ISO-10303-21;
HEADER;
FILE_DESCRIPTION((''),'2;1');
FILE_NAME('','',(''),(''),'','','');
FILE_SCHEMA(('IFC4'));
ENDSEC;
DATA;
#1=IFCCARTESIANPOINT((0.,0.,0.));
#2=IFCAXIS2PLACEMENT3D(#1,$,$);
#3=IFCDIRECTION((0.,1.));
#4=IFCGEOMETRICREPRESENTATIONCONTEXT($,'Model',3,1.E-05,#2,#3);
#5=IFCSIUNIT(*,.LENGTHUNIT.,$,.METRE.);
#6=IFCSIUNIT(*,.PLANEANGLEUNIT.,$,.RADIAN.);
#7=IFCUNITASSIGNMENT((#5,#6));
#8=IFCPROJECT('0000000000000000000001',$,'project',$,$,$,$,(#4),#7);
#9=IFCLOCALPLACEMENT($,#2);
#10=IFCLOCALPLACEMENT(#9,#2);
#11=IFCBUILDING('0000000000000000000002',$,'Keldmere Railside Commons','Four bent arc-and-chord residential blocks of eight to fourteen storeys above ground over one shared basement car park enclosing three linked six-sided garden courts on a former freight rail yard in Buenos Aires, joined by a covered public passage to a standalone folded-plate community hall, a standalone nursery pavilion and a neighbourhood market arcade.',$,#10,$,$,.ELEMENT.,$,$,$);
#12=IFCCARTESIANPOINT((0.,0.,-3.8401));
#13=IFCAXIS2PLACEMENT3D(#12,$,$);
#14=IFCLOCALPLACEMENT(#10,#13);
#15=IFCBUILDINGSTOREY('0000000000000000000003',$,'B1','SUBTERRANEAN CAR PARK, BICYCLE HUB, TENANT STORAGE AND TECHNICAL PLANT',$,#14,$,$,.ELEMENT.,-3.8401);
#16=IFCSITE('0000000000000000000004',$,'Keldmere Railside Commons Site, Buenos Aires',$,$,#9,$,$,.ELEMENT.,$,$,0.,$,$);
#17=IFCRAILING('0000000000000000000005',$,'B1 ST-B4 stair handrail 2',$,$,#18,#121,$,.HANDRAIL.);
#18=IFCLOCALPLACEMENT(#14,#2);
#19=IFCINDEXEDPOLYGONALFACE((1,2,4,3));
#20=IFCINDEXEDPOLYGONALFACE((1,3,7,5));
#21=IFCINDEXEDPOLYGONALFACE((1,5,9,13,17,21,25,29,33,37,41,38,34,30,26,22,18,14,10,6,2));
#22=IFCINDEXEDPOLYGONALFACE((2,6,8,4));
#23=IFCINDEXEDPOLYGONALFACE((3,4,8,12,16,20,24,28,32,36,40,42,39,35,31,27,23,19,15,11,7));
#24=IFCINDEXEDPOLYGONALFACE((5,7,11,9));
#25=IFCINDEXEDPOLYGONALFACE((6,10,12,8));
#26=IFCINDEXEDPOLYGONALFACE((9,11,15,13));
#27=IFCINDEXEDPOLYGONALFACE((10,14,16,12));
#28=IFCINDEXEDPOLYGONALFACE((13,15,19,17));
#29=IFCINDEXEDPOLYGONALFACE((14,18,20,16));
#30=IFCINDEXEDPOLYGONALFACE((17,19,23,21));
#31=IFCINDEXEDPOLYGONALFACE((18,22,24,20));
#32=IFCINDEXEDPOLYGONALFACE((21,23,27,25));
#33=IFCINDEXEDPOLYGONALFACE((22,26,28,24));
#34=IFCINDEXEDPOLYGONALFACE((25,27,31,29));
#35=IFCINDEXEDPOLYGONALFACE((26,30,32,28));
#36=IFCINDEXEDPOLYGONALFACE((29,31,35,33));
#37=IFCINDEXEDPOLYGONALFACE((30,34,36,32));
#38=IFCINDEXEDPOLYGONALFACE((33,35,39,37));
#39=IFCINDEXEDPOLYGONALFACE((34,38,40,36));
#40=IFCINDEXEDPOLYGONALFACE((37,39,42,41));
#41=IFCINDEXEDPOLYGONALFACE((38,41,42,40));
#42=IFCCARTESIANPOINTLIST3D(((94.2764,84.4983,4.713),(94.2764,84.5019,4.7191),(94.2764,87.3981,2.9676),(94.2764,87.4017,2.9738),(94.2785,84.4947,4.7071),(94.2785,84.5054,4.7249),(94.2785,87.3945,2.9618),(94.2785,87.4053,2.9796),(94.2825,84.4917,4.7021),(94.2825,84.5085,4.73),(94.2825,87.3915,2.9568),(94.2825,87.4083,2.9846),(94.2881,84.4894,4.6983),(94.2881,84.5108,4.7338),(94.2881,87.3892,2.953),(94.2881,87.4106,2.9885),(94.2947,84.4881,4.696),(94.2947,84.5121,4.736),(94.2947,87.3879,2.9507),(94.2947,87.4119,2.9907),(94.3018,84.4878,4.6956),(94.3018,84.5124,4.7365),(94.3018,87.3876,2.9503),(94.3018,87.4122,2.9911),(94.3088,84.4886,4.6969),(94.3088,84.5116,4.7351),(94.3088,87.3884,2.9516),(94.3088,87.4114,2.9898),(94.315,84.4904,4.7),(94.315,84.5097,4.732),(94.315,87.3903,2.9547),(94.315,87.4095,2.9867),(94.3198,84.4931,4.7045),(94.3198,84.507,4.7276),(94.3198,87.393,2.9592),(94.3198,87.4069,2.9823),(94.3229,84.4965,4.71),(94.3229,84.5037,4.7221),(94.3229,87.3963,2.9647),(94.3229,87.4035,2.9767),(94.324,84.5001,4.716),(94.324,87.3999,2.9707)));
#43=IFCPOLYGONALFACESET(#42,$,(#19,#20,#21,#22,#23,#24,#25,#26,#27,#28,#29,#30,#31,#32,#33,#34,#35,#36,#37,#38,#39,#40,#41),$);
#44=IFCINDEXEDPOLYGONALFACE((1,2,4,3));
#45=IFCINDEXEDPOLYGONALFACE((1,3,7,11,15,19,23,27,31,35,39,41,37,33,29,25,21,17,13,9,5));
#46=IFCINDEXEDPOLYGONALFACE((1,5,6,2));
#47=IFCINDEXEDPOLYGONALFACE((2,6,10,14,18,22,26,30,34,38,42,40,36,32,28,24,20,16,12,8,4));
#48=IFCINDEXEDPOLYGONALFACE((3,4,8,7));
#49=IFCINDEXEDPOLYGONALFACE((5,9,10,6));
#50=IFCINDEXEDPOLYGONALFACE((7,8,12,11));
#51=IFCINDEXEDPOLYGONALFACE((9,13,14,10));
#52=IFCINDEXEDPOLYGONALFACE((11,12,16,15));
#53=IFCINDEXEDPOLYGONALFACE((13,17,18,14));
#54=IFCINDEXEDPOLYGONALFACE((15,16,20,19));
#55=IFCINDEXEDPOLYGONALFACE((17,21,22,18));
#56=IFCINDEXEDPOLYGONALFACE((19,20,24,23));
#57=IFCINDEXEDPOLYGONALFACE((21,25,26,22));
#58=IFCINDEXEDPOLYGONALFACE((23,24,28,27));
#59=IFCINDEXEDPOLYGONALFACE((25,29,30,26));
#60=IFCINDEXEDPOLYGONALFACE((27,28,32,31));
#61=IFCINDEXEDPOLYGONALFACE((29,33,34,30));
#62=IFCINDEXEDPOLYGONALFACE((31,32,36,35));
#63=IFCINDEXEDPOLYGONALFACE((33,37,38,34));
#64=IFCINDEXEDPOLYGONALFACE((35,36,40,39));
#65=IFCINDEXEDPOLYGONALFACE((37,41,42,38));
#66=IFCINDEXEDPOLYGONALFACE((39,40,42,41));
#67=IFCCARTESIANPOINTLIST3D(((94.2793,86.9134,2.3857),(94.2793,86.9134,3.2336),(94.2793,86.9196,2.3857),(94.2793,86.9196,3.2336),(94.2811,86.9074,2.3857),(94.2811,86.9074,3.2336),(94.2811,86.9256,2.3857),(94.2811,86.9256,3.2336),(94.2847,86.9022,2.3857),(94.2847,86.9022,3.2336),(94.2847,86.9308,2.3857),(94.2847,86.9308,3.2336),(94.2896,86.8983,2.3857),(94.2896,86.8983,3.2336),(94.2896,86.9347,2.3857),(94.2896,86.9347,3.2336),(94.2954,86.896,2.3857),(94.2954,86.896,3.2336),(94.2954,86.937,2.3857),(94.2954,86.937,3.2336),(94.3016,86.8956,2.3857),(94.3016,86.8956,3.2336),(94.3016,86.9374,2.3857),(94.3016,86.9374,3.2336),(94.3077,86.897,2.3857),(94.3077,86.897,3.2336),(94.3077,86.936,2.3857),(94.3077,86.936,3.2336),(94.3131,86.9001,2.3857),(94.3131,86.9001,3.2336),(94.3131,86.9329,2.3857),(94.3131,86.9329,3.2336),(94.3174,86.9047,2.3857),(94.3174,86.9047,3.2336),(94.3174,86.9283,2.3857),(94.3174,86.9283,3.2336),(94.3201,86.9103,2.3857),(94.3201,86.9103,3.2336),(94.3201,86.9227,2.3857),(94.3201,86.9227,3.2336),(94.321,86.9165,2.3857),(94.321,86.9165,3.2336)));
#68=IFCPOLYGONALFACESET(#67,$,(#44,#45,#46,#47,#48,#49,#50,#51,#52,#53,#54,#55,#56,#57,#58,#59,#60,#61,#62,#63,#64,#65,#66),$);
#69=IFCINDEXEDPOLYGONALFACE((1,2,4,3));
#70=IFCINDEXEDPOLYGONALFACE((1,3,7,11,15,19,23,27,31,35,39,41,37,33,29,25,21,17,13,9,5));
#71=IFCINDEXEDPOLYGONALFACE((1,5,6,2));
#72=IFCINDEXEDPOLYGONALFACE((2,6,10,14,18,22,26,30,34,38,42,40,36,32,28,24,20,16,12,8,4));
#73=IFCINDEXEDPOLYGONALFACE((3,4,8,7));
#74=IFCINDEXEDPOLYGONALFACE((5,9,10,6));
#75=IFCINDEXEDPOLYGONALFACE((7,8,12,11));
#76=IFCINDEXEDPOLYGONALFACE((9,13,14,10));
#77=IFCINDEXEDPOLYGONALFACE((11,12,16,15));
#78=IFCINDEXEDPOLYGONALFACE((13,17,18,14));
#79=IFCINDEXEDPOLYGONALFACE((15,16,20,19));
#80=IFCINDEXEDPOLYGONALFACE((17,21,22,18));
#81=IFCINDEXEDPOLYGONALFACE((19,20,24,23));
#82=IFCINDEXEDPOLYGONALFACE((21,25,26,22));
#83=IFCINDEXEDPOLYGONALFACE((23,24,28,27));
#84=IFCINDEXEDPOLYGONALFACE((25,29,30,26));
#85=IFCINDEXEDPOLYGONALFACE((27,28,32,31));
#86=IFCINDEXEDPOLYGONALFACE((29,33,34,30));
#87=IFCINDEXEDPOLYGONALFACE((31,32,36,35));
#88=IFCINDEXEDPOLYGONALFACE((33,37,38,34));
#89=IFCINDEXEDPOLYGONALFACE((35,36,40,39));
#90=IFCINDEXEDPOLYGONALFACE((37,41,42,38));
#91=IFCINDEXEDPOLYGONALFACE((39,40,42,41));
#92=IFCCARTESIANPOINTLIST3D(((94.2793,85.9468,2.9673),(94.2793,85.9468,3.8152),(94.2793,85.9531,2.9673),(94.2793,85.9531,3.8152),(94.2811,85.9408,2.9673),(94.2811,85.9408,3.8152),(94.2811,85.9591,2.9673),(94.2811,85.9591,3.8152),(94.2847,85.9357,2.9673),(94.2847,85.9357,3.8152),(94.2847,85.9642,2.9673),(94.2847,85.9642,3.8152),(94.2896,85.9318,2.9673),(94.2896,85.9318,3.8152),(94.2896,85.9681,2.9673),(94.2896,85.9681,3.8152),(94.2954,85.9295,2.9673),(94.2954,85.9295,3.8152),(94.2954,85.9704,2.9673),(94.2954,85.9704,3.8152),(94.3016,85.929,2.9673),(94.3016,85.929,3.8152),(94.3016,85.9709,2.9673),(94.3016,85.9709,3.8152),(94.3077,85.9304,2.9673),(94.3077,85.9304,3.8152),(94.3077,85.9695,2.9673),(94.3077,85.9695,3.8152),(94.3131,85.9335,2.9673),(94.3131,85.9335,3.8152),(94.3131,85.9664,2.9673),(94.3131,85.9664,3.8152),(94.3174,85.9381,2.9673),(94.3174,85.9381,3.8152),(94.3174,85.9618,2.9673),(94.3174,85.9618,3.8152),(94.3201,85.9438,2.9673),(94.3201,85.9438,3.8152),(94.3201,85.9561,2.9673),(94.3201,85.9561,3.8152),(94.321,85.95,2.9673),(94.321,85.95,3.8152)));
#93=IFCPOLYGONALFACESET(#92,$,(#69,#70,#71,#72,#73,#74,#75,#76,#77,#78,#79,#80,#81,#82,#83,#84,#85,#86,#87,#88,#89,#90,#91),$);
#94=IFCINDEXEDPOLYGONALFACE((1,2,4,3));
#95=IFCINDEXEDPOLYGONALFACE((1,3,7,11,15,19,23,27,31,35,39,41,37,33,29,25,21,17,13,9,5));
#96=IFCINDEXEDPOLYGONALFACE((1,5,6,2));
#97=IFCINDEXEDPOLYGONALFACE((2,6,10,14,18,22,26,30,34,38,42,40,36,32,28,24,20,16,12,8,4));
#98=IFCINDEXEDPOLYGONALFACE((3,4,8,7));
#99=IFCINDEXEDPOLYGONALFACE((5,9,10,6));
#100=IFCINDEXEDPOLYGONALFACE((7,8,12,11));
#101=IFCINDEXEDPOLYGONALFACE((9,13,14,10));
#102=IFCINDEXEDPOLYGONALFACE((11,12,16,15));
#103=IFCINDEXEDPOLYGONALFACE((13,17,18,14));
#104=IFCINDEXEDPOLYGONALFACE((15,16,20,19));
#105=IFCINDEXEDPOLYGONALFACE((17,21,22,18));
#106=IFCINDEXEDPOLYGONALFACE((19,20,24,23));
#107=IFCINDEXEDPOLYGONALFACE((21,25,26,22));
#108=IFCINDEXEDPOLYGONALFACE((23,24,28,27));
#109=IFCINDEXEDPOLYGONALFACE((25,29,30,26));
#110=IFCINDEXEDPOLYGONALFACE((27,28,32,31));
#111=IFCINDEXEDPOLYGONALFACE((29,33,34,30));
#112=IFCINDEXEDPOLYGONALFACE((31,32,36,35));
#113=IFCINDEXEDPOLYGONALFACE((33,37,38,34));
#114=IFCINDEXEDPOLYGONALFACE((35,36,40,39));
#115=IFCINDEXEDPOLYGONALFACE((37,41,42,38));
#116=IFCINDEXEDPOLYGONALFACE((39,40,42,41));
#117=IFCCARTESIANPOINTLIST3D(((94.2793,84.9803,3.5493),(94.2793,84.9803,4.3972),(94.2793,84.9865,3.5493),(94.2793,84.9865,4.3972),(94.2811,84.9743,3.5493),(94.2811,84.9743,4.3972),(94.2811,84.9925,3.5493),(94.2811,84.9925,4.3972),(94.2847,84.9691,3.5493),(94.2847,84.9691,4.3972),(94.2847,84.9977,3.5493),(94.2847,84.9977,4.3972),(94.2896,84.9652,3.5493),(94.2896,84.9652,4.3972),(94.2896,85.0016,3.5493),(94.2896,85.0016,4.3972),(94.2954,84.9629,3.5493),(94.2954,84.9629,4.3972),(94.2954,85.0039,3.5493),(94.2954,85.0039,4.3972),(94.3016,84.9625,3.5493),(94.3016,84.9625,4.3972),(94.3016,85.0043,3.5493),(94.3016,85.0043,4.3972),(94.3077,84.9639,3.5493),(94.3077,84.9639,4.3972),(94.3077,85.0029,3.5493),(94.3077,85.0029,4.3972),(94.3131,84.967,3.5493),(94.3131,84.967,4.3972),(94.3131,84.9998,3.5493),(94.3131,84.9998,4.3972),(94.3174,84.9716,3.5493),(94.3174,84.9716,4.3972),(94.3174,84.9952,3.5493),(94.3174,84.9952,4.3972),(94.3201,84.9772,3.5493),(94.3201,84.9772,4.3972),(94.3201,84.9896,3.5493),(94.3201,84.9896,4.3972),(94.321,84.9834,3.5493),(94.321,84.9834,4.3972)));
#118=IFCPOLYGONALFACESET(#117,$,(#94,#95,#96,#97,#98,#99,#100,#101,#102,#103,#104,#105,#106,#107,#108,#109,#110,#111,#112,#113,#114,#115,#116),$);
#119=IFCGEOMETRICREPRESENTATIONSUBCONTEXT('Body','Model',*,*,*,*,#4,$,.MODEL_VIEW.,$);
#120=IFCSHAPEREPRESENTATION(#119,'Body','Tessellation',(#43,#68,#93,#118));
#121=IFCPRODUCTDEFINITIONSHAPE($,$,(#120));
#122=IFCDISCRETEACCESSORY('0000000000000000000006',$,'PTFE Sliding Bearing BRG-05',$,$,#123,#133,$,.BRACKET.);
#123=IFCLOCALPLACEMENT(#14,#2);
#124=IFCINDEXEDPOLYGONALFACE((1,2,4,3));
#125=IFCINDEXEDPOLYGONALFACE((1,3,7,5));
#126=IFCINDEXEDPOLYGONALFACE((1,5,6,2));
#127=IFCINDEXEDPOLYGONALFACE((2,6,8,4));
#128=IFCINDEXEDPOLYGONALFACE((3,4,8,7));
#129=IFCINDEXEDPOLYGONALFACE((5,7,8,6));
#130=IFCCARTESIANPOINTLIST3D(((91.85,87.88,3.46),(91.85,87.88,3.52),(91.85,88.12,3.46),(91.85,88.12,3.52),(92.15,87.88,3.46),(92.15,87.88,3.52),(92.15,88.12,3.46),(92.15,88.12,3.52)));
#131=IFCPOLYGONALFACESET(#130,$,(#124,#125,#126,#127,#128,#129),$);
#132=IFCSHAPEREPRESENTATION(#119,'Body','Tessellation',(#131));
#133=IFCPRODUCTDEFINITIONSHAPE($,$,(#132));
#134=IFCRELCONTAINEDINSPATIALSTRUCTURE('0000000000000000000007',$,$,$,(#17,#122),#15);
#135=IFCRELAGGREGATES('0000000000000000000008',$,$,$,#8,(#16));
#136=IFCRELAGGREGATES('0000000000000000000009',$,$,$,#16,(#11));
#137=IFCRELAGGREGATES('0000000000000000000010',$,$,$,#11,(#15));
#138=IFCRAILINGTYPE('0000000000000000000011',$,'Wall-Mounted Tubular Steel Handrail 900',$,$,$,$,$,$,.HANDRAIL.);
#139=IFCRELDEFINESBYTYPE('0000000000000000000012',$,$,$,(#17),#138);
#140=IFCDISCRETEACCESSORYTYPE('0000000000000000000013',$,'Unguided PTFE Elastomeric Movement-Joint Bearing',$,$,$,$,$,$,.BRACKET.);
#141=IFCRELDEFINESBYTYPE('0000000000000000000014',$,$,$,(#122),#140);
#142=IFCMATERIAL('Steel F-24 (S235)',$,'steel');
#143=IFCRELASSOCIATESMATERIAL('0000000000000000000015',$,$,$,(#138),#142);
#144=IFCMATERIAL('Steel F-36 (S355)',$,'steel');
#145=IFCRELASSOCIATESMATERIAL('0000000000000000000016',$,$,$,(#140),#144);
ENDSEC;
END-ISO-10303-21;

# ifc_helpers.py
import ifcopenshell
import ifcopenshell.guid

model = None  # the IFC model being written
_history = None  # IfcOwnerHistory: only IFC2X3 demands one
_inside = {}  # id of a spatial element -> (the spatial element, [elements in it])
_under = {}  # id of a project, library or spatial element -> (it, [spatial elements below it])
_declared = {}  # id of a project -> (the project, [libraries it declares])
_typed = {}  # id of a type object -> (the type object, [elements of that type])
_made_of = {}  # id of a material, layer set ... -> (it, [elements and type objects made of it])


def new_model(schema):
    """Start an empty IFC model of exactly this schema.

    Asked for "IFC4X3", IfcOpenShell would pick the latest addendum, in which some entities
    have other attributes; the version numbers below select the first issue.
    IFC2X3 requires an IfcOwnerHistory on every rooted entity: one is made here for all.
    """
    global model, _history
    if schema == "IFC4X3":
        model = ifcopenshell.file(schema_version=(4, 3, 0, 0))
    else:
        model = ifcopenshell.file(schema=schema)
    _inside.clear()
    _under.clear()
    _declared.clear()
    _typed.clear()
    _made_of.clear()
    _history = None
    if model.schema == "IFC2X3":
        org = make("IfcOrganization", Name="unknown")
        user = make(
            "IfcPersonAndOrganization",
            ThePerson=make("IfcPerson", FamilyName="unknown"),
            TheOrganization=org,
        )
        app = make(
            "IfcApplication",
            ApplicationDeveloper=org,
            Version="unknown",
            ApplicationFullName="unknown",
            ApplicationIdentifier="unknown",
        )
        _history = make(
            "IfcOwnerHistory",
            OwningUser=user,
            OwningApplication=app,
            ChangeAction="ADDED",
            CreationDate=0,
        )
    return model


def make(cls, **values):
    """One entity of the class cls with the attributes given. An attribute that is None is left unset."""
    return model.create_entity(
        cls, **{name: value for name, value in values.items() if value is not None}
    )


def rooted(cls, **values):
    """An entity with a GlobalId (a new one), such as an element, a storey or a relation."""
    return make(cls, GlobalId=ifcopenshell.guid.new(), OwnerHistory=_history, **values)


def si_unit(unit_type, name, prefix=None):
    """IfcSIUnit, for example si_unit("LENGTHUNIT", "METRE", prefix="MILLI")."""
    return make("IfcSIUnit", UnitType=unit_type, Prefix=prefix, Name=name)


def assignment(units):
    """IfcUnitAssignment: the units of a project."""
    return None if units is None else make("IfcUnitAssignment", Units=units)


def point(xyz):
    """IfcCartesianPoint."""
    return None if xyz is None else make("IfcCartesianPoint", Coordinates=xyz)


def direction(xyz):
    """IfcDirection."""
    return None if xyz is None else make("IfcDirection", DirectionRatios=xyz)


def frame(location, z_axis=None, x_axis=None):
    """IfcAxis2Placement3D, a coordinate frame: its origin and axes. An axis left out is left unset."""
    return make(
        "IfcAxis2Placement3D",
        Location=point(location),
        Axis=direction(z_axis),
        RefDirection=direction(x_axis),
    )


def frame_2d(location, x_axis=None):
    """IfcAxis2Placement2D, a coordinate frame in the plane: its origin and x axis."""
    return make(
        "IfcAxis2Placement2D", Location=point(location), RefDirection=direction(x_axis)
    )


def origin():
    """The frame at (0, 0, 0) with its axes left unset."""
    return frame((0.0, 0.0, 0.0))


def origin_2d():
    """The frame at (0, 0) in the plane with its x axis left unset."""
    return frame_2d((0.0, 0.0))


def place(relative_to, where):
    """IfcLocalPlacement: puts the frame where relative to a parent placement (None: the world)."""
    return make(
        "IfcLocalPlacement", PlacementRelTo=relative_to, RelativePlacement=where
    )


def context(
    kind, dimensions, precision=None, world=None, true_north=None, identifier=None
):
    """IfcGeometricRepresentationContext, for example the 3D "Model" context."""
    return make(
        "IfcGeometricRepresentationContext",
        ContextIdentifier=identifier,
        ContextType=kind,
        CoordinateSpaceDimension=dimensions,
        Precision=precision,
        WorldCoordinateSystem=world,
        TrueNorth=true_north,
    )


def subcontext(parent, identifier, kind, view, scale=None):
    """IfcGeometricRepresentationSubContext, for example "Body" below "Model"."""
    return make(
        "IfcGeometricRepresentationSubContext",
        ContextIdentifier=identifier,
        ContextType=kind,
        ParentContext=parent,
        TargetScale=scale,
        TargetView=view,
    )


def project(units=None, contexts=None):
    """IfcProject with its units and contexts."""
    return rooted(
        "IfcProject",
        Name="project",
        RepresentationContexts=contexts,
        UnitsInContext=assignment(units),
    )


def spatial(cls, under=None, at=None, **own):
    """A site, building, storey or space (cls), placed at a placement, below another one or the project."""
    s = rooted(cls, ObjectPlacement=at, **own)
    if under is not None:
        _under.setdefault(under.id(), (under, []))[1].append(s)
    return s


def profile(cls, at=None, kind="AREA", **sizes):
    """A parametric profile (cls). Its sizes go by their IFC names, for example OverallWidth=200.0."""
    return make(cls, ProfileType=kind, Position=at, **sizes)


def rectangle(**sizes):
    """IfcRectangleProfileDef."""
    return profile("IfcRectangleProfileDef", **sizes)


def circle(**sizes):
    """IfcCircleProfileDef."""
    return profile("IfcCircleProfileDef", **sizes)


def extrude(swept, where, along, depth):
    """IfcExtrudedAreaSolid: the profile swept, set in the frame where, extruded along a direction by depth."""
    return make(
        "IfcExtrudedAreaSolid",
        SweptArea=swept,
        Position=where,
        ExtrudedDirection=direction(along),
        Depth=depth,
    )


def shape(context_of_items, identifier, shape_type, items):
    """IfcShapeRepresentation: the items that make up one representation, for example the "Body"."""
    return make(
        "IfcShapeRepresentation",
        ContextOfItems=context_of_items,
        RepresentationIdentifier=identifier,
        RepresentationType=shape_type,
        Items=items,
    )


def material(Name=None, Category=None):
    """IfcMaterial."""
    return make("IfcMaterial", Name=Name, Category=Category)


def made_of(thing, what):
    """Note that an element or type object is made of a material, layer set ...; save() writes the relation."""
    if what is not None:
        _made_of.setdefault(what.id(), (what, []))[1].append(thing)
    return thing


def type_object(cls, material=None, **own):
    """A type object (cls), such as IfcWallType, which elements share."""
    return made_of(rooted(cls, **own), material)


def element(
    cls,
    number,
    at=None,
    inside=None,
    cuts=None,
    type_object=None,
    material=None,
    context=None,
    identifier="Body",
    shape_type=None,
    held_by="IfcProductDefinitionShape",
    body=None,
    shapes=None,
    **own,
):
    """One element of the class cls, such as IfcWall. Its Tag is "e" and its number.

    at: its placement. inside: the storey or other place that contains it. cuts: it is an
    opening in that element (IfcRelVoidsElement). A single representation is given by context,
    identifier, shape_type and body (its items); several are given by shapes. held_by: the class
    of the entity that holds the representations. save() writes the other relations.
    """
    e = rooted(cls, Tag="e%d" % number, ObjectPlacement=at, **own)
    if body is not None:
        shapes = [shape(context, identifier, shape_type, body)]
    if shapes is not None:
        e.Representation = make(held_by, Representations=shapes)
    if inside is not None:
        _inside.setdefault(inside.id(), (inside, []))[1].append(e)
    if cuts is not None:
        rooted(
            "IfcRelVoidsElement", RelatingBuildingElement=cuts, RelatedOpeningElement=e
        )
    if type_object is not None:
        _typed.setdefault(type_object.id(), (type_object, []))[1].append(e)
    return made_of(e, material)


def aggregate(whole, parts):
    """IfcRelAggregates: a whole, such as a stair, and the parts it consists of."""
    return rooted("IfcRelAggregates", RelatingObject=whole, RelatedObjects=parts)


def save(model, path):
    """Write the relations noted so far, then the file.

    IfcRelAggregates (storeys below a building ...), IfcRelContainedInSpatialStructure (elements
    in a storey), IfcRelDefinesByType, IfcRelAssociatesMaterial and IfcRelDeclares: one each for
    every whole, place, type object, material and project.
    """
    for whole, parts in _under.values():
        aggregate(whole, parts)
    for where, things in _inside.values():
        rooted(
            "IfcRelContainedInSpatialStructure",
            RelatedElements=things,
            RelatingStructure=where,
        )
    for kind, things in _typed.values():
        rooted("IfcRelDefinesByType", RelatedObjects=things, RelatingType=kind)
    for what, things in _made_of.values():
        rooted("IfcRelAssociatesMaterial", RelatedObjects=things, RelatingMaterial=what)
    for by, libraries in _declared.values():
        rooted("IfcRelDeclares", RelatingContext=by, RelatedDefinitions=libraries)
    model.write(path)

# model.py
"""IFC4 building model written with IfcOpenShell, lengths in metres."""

from ifc_helpers import new_model, si_unit, direction, frame, origin, origin_2d, place, context, subcontext, project, spatial, rectangle, circle, extrude, material, type_object, element, save


model = new_model("IFC4")

# Units and contexts
model_context = context("Model", 3, precision=1e-05, world=origin(), true_north=direction((0.0, 1.0)))
body_context = subcontext(model_context, "Body", "Model", "MODEL_VIEW")
ifc_project = project(units=[si_unit("LENGTHUNIT", "METRE"), si_unit("PLANEANGLEUNIT", "RADIAN")], contexts=[model_context])

# Site, building, storey
site_placement = place(None, origin())
site = spatial("IfcSite", under=ifc_project, at=site_placement, Name="Keldmere Railside Commons Site, Buenos Aires", CompositionType="ELEMENT", RefElevation=0.0)
building_placement = place(site_placement, origin())
building = spatial("IfcBuilding", under=site, at=building_placement, Name="Keldmere Railside Commons", Description="Four bent arc-and-chord residential blocks of eight to fourteen storeys above ground over one shared basement car park enclosing three linked six-sided garden courts on a former freight rail yard in Buenos Aires, joined by a covered public passage to a standalone folded-plate community hall, a standalone nursery pavilion and a neighbourhood market arcade.", CompositionType="ELEMENT")
storey_placement = place(building_placement, frame((0.0, 0.0, -3.8401)))
storey = spatial("IfcBuildingStorey", under=building, at=storey_placement, Name="B1", Description="SUBTERRANEAN CAR PARK, BICYCLE HUB, TENANT STORAGE AND TECHNICAL PLANT", CompositionType="ELEMENT", Elevation=-3.8401)

# Railing
ifc_material_1 = material(Name="Steel F-24 (S235)", Category="steel")
railing_type_1 = type_object("IfcRailingType", Name="Wall-Mounted Tubular Steel Handrail 900", PredefinedType="HANDRAIL", material=ifc_material_1)
railing_1_placement = place(storey_placement, frame((94.3, 87.3999, 2.0947)))
element("IfcRailing", 1, at=railing_1_placement, inside=storey, type_object=railing_type_1, Name="B1 ST-B4 stair handrail 2", PredefinedType="HANDRAIL", context=body_context, shape_type="SweptSolid", body=[
    extrude(circle(Radius=0.0239, at=origin_2d()), frame((0.0, 0.0, 0.876), z_axis=(0.0, -0.856786, 0.515673), x_axis=(1.0, 0.0, 0.0)), (0.0, 0.0, 1.0), 3.3845),
    extrude(circle(Radius=0.021, at=origin_2d()), frame((0.0, -0.4834, 0.291)), (0.0, 0.0, 1.0), 0.8479),
    extrude(circle(Radius=0.021, at=origin_2d()), frame((0.0, -1.45, 0.8726)), (0.0, 0.0, 1.0), 0.8479),
    extrude(circle(Radius=0.021, at=origin_2d()), frame((0.0, -2.4165, 1.4546)), (0.0, 0.0, 1.0), 0.8479),
])

# Discrete accessory
ifc_material_2 = material(Name="Steel F-36 (S355)", Category="steel")
discrete_accessory_type = type_object("IfcDiscreteAccessoryType", Name="Unguided PTFE Elastomeric Movement-Joint Bearing", PredefinedType="BRACKET", material=ifc_material_2)
discrete_accessory_placement = place(storey_placement, frame((92.0, 88.0, 3.46), z_axis=(0.0, 0.0, 1.0), x_axis=(1.0, 0.0, 0.0)))
element("IfcDiscreteAccessory", 2, at=discrete_accessory_placement, inside=storey, type_object=discrete_accessory_type, Name="PTFE Sliding Bearing BRG-05", PredefinedType="BRACKET", context=body_context, shape_type="SweptSolid", body=[
    extrude(rectangle(XDim=0.3, YDim=0.24, at=origin_2d()), origin(), (0.0, 0.0, 1.0), 0.0601),
])

save(model, "model.ifc")
